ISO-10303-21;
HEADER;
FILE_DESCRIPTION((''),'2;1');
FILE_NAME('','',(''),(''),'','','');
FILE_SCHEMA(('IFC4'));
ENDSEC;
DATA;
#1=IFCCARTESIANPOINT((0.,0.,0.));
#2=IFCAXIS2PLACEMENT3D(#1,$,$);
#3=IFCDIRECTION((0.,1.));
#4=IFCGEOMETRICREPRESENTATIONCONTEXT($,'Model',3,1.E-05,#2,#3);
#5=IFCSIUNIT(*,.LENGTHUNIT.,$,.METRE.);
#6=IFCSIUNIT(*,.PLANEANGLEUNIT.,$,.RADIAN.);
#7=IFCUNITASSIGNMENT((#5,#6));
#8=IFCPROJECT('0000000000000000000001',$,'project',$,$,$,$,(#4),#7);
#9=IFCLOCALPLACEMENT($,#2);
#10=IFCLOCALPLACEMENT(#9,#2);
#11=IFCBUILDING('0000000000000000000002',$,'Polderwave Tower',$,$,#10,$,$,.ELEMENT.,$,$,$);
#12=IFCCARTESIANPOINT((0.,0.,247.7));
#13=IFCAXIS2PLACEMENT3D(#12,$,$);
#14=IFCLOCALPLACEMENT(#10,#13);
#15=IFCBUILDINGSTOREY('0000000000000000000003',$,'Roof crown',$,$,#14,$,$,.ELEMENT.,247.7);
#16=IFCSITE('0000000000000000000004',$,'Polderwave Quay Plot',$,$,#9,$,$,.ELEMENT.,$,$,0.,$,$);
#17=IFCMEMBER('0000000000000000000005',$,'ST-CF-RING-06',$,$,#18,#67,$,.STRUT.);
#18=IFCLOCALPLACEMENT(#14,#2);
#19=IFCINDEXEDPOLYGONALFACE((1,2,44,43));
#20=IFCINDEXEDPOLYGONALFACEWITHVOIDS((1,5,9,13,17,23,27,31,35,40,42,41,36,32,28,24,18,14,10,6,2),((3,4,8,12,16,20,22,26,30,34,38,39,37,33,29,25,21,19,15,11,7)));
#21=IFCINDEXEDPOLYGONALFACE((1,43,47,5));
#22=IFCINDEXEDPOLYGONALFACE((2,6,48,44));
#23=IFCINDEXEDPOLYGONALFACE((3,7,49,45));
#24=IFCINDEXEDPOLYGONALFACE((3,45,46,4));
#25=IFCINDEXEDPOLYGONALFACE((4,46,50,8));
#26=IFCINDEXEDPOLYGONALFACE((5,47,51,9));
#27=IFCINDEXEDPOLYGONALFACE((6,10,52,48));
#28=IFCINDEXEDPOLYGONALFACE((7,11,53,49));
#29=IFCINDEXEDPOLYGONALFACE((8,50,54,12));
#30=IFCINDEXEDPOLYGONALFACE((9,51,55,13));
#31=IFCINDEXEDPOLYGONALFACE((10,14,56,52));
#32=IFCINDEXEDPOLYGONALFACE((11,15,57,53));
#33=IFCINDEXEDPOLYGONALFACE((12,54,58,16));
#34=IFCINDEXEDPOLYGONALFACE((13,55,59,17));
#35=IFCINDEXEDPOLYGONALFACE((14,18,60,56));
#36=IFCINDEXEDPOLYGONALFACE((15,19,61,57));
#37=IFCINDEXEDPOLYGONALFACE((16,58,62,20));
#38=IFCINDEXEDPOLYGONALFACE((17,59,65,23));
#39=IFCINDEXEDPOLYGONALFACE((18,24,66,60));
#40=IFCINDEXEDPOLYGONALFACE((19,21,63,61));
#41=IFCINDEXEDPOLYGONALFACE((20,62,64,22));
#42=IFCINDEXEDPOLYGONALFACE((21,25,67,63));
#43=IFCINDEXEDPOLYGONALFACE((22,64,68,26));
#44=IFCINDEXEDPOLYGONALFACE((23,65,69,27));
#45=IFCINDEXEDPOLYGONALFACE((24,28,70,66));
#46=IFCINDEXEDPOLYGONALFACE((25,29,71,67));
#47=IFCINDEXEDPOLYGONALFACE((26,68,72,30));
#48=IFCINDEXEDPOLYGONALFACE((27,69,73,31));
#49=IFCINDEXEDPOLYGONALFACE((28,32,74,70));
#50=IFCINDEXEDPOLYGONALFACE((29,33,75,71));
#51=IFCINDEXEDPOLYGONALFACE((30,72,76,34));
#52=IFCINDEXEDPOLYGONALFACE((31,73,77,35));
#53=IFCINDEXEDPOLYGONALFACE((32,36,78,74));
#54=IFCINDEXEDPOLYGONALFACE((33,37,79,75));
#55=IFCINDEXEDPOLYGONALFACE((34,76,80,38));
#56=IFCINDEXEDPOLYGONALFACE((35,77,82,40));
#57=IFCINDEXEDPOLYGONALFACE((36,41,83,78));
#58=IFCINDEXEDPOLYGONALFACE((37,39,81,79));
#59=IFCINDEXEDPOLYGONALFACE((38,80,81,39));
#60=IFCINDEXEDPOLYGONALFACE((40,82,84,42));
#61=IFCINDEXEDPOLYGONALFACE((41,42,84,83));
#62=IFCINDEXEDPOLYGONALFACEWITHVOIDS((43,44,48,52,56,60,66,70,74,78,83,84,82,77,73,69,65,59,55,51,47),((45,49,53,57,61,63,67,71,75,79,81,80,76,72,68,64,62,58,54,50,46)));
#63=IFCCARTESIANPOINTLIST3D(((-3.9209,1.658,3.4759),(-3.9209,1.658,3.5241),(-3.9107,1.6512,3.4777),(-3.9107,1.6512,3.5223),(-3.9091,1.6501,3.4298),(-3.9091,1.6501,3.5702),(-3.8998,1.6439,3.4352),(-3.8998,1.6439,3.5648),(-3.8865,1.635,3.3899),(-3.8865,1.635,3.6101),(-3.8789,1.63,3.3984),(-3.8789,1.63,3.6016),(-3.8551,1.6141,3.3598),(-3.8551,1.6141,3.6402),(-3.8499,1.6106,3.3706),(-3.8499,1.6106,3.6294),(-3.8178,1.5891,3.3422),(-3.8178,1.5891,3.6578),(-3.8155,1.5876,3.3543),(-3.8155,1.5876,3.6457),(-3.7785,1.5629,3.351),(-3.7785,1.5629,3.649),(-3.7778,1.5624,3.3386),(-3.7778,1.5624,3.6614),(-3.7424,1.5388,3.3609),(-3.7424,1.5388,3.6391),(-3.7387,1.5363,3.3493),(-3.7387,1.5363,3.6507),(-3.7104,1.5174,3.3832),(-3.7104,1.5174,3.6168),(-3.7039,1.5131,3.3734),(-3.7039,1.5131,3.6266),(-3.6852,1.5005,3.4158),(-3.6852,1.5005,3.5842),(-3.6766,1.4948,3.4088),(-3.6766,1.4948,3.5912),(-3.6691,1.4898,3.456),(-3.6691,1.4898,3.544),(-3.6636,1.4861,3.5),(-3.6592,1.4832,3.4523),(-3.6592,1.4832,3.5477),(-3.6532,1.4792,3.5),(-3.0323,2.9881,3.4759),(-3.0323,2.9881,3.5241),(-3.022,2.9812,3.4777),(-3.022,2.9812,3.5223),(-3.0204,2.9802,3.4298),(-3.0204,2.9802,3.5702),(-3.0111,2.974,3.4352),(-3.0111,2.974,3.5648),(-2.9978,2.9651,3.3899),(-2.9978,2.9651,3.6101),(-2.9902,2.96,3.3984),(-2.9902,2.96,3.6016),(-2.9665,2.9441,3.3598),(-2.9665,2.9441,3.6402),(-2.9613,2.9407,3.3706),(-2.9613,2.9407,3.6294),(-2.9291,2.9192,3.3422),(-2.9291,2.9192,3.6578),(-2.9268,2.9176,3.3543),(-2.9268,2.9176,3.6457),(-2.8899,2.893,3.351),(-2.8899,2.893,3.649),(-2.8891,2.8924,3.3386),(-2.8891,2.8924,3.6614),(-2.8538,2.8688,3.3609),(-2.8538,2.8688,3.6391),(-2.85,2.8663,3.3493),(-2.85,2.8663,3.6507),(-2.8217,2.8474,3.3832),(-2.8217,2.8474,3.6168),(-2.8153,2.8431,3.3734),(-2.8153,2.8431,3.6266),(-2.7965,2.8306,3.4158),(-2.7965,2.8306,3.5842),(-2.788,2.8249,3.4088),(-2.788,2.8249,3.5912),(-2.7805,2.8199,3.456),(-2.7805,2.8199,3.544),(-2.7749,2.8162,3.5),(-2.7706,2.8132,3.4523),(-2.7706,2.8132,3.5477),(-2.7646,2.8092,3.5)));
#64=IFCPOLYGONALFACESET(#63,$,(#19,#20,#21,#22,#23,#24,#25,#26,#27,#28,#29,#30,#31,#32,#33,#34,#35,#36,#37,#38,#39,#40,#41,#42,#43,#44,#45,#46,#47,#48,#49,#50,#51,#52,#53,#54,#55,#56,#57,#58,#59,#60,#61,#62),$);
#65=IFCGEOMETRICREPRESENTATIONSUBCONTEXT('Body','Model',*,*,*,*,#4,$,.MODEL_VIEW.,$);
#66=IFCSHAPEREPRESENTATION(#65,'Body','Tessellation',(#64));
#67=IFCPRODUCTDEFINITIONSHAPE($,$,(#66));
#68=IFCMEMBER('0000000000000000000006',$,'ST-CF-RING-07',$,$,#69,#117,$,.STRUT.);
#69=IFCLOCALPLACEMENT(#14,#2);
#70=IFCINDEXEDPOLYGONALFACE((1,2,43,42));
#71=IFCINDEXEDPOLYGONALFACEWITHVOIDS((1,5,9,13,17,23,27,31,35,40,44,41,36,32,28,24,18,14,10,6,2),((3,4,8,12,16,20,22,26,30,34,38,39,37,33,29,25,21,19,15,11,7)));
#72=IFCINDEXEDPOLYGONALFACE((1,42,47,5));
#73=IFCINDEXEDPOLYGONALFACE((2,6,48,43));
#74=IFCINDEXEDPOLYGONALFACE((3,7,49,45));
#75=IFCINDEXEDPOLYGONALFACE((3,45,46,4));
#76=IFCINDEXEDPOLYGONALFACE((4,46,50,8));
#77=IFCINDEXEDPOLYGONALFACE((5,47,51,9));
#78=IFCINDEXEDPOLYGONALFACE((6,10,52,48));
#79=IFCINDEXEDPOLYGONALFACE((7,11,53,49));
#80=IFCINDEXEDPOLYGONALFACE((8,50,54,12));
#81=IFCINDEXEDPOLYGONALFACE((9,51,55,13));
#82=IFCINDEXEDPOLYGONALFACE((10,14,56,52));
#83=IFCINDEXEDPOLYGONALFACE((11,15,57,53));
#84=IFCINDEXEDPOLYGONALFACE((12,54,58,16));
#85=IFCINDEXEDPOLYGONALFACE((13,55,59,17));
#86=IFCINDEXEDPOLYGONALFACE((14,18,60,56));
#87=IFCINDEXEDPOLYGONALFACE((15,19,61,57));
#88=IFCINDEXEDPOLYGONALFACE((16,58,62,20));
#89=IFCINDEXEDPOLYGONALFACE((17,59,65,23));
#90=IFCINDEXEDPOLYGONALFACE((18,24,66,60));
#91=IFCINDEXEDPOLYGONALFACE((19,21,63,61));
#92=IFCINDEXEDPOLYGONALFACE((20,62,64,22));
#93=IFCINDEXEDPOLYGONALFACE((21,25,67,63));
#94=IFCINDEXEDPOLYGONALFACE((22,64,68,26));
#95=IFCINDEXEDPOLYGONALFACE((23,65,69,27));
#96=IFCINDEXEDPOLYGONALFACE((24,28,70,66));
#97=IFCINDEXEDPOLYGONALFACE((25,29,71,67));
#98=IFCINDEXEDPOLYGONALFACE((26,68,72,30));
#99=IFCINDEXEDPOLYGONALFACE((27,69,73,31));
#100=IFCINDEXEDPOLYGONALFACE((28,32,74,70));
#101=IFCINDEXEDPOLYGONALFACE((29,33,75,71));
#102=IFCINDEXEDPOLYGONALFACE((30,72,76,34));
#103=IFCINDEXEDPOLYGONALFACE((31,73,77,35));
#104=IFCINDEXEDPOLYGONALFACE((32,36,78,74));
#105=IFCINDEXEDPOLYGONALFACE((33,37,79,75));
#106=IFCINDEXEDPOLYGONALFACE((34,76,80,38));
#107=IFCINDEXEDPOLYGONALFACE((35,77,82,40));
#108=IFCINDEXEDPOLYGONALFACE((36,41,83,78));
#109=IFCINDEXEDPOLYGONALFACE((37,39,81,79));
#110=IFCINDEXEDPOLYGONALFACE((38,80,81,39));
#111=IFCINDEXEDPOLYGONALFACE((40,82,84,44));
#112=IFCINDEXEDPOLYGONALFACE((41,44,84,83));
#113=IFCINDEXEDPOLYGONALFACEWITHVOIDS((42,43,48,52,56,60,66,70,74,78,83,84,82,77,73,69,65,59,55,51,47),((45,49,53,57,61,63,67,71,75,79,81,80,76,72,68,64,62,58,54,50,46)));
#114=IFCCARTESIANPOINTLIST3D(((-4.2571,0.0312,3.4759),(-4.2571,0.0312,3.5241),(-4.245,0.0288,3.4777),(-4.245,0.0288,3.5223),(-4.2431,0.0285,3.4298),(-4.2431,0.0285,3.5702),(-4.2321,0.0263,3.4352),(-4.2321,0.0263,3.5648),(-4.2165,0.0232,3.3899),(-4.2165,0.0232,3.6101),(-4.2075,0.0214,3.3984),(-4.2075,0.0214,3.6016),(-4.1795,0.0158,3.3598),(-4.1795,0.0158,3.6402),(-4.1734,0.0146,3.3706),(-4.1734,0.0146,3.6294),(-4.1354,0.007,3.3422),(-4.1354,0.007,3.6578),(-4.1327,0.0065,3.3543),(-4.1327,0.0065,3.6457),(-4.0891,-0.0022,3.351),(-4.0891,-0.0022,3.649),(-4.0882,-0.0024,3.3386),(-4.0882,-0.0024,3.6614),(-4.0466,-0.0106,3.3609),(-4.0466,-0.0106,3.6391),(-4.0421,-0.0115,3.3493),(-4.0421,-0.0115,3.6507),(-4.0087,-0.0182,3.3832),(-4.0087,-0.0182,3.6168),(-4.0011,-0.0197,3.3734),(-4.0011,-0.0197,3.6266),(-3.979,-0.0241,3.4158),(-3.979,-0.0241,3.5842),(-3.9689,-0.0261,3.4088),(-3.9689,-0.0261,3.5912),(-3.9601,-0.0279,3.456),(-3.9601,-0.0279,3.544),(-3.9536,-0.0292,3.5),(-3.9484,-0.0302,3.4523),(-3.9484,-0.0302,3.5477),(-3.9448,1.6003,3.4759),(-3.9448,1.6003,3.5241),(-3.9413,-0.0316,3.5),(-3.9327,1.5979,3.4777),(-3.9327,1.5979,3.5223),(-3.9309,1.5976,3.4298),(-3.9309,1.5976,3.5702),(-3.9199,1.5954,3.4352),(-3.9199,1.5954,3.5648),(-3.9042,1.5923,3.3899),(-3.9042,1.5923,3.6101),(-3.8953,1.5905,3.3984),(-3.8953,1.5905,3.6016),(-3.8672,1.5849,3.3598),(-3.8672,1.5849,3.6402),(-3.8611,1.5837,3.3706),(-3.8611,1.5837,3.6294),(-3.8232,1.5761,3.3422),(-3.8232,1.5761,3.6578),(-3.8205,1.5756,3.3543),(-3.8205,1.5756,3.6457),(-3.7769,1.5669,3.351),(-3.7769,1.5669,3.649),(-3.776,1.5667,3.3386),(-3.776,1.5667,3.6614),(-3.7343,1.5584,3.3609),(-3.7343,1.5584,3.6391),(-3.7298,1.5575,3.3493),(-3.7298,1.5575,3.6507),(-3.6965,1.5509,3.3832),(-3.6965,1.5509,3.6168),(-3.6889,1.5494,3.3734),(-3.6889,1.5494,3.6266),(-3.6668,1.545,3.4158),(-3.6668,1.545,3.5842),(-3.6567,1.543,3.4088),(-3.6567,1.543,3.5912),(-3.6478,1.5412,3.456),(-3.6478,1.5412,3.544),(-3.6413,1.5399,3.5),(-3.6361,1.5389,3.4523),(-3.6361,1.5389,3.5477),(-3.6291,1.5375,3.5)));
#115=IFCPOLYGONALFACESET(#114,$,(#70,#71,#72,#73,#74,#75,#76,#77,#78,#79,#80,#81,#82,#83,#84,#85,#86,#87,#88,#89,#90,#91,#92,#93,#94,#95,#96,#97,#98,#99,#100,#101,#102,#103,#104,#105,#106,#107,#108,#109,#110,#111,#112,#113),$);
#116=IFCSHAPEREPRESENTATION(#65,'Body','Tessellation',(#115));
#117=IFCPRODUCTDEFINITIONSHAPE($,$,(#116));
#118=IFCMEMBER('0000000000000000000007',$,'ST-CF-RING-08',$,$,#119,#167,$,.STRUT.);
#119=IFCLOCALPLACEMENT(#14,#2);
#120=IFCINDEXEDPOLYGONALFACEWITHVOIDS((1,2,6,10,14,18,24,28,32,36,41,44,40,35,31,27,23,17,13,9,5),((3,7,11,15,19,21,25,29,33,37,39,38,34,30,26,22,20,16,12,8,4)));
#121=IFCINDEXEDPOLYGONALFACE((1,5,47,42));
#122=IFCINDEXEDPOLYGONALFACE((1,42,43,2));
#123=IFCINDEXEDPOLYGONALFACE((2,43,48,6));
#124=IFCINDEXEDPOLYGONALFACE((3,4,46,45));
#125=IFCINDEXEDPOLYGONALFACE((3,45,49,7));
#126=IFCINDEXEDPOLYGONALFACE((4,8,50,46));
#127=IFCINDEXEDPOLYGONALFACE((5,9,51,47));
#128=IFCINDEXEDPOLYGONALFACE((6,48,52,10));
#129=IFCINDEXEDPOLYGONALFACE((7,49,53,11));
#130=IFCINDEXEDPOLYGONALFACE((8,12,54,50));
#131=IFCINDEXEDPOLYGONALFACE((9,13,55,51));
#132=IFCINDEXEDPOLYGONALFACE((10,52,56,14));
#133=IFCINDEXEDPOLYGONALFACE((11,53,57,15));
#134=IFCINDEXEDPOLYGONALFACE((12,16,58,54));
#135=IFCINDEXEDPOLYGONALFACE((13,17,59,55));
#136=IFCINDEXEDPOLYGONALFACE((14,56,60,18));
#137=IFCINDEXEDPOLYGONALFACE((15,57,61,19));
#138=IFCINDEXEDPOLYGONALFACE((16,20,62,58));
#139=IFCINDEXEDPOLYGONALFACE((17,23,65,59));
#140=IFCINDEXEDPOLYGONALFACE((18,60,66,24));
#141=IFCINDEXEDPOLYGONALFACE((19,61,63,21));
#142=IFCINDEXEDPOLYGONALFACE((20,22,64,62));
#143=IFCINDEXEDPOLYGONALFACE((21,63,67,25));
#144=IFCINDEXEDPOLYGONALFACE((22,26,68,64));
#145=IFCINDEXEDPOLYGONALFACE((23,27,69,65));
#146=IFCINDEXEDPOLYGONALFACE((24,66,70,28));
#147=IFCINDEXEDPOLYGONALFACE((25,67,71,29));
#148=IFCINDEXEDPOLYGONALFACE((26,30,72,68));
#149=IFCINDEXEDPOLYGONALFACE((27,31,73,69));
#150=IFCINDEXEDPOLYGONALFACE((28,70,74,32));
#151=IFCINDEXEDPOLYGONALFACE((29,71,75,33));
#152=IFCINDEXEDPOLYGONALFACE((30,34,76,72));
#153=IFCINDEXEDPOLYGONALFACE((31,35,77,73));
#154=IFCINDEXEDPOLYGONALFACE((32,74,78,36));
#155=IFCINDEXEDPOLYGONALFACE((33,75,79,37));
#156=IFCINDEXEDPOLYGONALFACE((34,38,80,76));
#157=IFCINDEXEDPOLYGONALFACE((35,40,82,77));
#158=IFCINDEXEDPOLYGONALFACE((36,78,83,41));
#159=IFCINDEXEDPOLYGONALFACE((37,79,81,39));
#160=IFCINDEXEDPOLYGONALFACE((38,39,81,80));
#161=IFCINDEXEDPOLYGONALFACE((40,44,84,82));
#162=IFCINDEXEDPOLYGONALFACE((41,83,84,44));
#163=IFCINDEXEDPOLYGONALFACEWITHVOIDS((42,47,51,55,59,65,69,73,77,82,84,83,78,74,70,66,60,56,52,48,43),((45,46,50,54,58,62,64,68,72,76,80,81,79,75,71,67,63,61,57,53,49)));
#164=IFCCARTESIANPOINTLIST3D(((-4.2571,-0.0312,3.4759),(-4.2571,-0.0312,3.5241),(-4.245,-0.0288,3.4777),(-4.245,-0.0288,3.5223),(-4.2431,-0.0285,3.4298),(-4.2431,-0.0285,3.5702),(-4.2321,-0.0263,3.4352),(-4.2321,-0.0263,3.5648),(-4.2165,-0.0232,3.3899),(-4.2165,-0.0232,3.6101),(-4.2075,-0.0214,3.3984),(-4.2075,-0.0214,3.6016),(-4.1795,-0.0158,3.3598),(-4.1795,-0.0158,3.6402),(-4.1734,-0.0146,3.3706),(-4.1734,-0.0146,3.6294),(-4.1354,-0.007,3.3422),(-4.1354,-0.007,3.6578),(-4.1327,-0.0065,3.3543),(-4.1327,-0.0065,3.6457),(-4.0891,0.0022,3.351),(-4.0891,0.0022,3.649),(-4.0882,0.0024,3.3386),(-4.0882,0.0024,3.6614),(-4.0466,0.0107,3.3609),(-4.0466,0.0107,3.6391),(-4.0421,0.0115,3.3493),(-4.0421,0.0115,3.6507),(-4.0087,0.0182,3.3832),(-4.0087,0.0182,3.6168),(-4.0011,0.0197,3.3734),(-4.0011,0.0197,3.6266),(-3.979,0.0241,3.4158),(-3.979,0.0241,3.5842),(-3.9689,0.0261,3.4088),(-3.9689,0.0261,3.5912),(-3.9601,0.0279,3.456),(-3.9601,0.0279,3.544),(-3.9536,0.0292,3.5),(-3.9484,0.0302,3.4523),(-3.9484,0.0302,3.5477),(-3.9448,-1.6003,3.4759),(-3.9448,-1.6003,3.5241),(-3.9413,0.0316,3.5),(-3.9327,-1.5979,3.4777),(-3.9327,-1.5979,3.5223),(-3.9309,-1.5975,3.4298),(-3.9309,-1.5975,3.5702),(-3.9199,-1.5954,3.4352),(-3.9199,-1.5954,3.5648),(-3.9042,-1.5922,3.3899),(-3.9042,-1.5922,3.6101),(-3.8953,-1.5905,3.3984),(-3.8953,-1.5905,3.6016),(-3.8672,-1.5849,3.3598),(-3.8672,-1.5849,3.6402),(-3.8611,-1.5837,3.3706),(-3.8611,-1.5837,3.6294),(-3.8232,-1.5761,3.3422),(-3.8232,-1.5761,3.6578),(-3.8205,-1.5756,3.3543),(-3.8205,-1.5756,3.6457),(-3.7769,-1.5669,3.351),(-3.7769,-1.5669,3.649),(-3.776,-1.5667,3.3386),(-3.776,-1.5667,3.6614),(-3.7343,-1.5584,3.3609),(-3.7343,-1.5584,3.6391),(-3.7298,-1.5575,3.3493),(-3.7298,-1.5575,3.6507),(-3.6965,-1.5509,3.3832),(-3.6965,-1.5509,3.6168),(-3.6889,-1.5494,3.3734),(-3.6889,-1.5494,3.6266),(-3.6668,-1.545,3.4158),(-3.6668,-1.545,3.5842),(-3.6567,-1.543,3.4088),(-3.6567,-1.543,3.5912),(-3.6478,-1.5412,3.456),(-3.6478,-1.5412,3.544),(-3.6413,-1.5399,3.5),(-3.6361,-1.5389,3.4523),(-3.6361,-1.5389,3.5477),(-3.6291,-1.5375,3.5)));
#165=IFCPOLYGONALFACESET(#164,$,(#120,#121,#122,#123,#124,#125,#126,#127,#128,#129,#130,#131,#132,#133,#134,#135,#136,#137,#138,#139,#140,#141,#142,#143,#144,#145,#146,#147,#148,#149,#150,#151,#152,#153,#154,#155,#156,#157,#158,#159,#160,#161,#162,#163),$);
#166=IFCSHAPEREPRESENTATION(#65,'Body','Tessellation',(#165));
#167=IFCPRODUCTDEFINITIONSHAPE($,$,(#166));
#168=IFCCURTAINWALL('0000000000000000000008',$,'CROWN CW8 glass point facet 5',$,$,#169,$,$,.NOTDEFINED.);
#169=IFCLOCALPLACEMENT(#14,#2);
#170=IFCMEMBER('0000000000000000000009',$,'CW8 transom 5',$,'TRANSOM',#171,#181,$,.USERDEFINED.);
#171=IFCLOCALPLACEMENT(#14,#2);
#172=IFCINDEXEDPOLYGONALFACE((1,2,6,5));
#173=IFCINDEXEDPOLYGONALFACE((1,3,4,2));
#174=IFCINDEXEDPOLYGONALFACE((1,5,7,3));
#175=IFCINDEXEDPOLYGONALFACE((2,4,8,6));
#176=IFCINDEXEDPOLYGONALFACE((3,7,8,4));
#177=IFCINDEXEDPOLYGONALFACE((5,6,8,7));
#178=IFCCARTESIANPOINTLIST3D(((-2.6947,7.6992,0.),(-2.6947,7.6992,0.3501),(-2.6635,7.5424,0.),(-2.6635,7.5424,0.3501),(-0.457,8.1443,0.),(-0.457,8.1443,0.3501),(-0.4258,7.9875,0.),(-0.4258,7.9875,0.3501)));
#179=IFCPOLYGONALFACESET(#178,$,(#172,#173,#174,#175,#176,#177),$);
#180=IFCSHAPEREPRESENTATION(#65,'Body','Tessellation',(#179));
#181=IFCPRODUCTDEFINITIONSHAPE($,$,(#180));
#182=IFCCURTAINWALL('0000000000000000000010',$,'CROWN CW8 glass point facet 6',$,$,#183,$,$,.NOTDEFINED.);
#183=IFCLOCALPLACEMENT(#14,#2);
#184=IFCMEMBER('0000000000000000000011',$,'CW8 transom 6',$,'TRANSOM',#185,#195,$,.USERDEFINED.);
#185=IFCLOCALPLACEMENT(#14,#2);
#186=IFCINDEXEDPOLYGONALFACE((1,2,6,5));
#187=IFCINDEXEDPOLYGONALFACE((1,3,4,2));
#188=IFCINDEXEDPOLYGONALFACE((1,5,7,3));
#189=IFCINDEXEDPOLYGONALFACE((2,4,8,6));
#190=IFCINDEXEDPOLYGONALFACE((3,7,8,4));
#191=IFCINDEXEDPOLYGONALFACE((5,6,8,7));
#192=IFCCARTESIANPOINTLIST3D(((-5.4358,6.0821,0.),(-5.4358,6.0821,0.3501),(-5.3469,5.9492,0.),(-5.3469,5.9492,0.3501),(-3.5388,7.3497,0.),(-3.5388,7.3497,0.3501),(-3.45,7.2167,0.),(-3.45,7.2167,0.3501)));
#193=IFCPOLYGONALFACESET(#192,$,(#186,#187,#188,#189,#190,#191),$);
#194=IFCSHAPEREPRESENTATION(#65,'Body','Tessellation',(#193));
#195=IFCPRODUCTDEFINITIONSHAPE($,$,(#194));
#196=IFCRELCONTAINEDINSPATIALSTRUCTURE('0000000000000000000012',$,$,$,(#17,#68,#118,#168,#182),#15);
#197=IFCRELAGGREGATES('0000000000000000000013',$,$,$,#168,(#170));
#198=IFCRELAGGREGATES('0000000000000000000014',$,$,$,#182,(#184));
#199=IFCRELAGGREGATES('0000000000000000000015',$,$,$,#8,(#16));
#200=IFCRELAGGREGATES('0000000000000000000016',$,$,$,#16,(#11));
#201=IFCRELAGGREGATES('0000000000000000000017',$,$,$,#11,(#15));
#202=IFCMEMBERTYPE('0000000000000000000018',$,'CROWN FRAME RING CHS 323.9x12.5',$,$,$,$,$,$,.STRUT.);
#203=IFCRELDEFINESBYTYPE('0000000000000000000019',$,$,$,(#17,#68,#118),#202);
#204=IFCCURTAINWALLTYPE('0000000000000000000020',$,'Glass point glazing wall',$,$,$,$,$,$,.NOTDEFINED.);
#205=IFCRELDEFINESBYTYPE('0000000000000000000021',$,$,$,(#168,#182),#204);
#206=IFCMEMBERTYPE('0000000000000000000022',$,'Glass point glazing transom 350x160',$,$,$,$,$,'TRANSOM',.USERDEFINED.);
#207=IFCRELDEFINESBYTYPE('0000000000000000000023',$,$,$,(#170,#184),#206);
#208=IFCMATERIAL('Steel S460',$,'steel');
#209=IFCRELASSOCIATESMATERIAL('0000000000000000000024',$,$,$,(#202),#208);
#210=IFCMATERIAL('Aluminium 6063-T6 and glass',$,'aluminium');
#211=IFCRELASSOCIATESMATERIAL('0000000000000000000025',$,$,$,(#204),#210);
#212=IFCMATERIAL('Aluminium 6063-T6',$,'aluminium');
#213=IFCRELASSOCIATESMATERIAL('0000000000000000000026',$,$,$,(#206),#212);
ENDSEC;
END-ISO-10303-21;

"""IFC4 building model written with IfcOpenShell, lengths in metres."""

from ifc_helpers import new_model, si_unit, direction, frame, origin, origin_2d, place, context, subcontext, project, spatial, rectangle, hollow_circle, extrude, material, material_profile, profile_set, type_object, element, aggregate, save


model = new_model("IFC4")

# Units and contexts
model_context = context("Model", 3, precision=1e-05, world=origin(), true_north=direction((0.0, 1.0)))
body_context = subcontext(model_context, "Body", "Model", "MODEL_VIEW")
ifc_project = project(units=[si_unit("LENGTHUNIT", "METRE"), si_unit("PLANEANGLEUNIT", "RADIAN")], contexts=[model_context])

# Site, building, storey
site_placement = place(None, origin())
site = spatial("IfcSite", under=ifc_project, at=site_placement, Name="Polderwave Quay Plot", CompositionType="ELEMENT", RefElevation=0.0)
building_placement = place(site_placement, origin())
building = spatial("IfcBuilding", under=site, at=building_placement, Name="Polderwave Tower", CompositionType="ELEMENT")
storey_placement = place(building_placement, frame((0.0, 0.0, 247.7)))
storey = spatial("IfcBuildingStorey", under=building, at=storey_placement, Name="Roof crown", CompositionType="ELEMENT", Elevation=247.7)

# Members
ifc_material_1 = material(Name="Steel S460", Category="steel")
ifc_material_profile_1 = material_profile(ifc_material_1, hollow_circle(Radius=0.1619, WallThickness=0.0125, at=origin_2d()), Name="CHS 323.9x12.5")
ifc_profile_set_1 = profile_set([ifc_material_profile_1], Name="Steel S460")
member_type_1 = type_object("IfcMemberType", Name="CROWN FRAME RING CHS 323.9x12.5", PredefinedType="STRUT", material=ifc_profile_set_1)
for number, where, z_axis, x_axis, name in (
    (1, (-2.8992, 2.8992, 3.5), (-0.555545, -0.831486, 0.0), (0.831486, -0.555545, 0.0), "ST-CF-RING-06"),
):
    element("IfcMember", number, at=place(storey_placement, frame(where, z_axis=z_axis, x_axis=x_axis)), inside=storey, type_object=member_type_1, Name=name, PredefinedType="STRUT", context=body_context, shape_type="SweptSolid", body=[
        extrude(hollow_circle(Radius=0.1619, WallThickness=0.0125, at=origin_2d()), origin(), (0.0, 0.0, 1.0), 1.5996),
    ])
for number, where, z_axis, x_axis, name in (
    (2, (-3.7878, 1.5691, 3.5), (-0.195177, -0.980768, 0.0), (0.980768, -0.195177, 0.0), "ST-CF-RING-07"),
    (3, (-4.1001, 0.0, 3.5), (0.195177, -0.980768, 0.0), (0.980768, 0.195177, 0.0), "ST-CF-RING-08"),
):
    element("IfcMember", number, at=place(storey_placement, frame(where, z_axis=z_axis, x_axis=x_axis)), inside=storey, type_object=member_type_1, Name=name, PredefinedType="STRUT", context=body_context, shape_type="SweptSolid", body=[
        extrude(hollow_circle(Radius=0.1619, WallThickness=0.0125, at=origin_2d()), origin(), (0.0, 0.0, 1.0), 1.5999),
    ])

# Curtain walls, members
ifc_material_2 = material(Name="Aluminium 6063-T6 and glass", Category="aluminium")
curtain_wall_type = type_object("IfcCurtainWallType", Name="Glass point glazing wall", PredefinedType="NOTDEFINED", material=ifc_material_2)
curtain_wall_1_placement = place(storey_placement, origin())
curtain_wall_1 = element("IfcCurtainWall", 4, at=curtain_wall_1_placement, inside=storey, type_object=curtain_wall_type, Name="CROWN CW8 glass point facet 5", PredefinedType="NOTDEFINED")
ifc_material_3 = material(Name="Aluminium 6063-T6", Category="aluminium")
ifc_material_profile_2 = material_profile(ifc_material_3, rectangle(XDim=0.1599, YDim=0.3501, at=origin_2d()), Name="AL 350x160")
ifc_profile_set_2 = profile_set([ifc_material_profile_2], Name="Aluminium 6063-T6")
member_type_2 = type_object("IfcMemberType", Name="Glass point glazing transom 350x160", ElementType="TRANSOM", PredefinedType="USERDEFINED", material=ifc_profile_set_2)
member_1_placement = place(storey_placement, frame((-0.4414, 8.0659, 0.175), z_axis=(-0.980786, -0.195087, 0.0), x_axis=(0.195087, -0.980786, 0.0)))
member_1 = element("IfcMember", 5, at=member_1_placement, type_object=member_type_2, Name="CW8 transom 5", ObjectType="TRANSOM", PredefinedType="USERDEFINED", context=body_context, shape_type="SweptSolid", body=[
    extrude(rectangle(XDim=0.1599, YDim=0.3501, at=origin_2d()), origin(), (0.0, 0.0, 1.0), 2.2815),
])
curtain_wall_2_placement = place(storey_placement, origin())
curtain_wall_2 = element("IfcCurtainWall", 6, at=curtain_wall_2_placement, inside=storey, type_object=curtain_wall_type, Name="CROWN CW8 glass point facet 6", PredefinedType="NOTDEFINED")
member_2_placement = place(storey_placement, frame((-3.4944, 7.2832, 0.175), z_axis=(-0.831457, -0.555589, 0.0), x_axis=(0.555589, -0.831457, 0.0)))
member_2 = element("IfcMember", 7, at=member_2_placement, type_object=member_type_2, Name="CW8 transom 6", ObjectType="TRANSOM", PredefinedType="USERDEFINED", context=body_context, shape_type="SweptSolid", body=[
    extrude(rectangle(XDim=0.1599, YDim=0.3501, at=origin_2d()), origin(), (0.0, 0.0, 1.0), 2.2815),
])

aggregate(curtain_wall_1, [member_1])
aggregate(curtain_wall_2, [member_2])

save(model, "model.ifc")
